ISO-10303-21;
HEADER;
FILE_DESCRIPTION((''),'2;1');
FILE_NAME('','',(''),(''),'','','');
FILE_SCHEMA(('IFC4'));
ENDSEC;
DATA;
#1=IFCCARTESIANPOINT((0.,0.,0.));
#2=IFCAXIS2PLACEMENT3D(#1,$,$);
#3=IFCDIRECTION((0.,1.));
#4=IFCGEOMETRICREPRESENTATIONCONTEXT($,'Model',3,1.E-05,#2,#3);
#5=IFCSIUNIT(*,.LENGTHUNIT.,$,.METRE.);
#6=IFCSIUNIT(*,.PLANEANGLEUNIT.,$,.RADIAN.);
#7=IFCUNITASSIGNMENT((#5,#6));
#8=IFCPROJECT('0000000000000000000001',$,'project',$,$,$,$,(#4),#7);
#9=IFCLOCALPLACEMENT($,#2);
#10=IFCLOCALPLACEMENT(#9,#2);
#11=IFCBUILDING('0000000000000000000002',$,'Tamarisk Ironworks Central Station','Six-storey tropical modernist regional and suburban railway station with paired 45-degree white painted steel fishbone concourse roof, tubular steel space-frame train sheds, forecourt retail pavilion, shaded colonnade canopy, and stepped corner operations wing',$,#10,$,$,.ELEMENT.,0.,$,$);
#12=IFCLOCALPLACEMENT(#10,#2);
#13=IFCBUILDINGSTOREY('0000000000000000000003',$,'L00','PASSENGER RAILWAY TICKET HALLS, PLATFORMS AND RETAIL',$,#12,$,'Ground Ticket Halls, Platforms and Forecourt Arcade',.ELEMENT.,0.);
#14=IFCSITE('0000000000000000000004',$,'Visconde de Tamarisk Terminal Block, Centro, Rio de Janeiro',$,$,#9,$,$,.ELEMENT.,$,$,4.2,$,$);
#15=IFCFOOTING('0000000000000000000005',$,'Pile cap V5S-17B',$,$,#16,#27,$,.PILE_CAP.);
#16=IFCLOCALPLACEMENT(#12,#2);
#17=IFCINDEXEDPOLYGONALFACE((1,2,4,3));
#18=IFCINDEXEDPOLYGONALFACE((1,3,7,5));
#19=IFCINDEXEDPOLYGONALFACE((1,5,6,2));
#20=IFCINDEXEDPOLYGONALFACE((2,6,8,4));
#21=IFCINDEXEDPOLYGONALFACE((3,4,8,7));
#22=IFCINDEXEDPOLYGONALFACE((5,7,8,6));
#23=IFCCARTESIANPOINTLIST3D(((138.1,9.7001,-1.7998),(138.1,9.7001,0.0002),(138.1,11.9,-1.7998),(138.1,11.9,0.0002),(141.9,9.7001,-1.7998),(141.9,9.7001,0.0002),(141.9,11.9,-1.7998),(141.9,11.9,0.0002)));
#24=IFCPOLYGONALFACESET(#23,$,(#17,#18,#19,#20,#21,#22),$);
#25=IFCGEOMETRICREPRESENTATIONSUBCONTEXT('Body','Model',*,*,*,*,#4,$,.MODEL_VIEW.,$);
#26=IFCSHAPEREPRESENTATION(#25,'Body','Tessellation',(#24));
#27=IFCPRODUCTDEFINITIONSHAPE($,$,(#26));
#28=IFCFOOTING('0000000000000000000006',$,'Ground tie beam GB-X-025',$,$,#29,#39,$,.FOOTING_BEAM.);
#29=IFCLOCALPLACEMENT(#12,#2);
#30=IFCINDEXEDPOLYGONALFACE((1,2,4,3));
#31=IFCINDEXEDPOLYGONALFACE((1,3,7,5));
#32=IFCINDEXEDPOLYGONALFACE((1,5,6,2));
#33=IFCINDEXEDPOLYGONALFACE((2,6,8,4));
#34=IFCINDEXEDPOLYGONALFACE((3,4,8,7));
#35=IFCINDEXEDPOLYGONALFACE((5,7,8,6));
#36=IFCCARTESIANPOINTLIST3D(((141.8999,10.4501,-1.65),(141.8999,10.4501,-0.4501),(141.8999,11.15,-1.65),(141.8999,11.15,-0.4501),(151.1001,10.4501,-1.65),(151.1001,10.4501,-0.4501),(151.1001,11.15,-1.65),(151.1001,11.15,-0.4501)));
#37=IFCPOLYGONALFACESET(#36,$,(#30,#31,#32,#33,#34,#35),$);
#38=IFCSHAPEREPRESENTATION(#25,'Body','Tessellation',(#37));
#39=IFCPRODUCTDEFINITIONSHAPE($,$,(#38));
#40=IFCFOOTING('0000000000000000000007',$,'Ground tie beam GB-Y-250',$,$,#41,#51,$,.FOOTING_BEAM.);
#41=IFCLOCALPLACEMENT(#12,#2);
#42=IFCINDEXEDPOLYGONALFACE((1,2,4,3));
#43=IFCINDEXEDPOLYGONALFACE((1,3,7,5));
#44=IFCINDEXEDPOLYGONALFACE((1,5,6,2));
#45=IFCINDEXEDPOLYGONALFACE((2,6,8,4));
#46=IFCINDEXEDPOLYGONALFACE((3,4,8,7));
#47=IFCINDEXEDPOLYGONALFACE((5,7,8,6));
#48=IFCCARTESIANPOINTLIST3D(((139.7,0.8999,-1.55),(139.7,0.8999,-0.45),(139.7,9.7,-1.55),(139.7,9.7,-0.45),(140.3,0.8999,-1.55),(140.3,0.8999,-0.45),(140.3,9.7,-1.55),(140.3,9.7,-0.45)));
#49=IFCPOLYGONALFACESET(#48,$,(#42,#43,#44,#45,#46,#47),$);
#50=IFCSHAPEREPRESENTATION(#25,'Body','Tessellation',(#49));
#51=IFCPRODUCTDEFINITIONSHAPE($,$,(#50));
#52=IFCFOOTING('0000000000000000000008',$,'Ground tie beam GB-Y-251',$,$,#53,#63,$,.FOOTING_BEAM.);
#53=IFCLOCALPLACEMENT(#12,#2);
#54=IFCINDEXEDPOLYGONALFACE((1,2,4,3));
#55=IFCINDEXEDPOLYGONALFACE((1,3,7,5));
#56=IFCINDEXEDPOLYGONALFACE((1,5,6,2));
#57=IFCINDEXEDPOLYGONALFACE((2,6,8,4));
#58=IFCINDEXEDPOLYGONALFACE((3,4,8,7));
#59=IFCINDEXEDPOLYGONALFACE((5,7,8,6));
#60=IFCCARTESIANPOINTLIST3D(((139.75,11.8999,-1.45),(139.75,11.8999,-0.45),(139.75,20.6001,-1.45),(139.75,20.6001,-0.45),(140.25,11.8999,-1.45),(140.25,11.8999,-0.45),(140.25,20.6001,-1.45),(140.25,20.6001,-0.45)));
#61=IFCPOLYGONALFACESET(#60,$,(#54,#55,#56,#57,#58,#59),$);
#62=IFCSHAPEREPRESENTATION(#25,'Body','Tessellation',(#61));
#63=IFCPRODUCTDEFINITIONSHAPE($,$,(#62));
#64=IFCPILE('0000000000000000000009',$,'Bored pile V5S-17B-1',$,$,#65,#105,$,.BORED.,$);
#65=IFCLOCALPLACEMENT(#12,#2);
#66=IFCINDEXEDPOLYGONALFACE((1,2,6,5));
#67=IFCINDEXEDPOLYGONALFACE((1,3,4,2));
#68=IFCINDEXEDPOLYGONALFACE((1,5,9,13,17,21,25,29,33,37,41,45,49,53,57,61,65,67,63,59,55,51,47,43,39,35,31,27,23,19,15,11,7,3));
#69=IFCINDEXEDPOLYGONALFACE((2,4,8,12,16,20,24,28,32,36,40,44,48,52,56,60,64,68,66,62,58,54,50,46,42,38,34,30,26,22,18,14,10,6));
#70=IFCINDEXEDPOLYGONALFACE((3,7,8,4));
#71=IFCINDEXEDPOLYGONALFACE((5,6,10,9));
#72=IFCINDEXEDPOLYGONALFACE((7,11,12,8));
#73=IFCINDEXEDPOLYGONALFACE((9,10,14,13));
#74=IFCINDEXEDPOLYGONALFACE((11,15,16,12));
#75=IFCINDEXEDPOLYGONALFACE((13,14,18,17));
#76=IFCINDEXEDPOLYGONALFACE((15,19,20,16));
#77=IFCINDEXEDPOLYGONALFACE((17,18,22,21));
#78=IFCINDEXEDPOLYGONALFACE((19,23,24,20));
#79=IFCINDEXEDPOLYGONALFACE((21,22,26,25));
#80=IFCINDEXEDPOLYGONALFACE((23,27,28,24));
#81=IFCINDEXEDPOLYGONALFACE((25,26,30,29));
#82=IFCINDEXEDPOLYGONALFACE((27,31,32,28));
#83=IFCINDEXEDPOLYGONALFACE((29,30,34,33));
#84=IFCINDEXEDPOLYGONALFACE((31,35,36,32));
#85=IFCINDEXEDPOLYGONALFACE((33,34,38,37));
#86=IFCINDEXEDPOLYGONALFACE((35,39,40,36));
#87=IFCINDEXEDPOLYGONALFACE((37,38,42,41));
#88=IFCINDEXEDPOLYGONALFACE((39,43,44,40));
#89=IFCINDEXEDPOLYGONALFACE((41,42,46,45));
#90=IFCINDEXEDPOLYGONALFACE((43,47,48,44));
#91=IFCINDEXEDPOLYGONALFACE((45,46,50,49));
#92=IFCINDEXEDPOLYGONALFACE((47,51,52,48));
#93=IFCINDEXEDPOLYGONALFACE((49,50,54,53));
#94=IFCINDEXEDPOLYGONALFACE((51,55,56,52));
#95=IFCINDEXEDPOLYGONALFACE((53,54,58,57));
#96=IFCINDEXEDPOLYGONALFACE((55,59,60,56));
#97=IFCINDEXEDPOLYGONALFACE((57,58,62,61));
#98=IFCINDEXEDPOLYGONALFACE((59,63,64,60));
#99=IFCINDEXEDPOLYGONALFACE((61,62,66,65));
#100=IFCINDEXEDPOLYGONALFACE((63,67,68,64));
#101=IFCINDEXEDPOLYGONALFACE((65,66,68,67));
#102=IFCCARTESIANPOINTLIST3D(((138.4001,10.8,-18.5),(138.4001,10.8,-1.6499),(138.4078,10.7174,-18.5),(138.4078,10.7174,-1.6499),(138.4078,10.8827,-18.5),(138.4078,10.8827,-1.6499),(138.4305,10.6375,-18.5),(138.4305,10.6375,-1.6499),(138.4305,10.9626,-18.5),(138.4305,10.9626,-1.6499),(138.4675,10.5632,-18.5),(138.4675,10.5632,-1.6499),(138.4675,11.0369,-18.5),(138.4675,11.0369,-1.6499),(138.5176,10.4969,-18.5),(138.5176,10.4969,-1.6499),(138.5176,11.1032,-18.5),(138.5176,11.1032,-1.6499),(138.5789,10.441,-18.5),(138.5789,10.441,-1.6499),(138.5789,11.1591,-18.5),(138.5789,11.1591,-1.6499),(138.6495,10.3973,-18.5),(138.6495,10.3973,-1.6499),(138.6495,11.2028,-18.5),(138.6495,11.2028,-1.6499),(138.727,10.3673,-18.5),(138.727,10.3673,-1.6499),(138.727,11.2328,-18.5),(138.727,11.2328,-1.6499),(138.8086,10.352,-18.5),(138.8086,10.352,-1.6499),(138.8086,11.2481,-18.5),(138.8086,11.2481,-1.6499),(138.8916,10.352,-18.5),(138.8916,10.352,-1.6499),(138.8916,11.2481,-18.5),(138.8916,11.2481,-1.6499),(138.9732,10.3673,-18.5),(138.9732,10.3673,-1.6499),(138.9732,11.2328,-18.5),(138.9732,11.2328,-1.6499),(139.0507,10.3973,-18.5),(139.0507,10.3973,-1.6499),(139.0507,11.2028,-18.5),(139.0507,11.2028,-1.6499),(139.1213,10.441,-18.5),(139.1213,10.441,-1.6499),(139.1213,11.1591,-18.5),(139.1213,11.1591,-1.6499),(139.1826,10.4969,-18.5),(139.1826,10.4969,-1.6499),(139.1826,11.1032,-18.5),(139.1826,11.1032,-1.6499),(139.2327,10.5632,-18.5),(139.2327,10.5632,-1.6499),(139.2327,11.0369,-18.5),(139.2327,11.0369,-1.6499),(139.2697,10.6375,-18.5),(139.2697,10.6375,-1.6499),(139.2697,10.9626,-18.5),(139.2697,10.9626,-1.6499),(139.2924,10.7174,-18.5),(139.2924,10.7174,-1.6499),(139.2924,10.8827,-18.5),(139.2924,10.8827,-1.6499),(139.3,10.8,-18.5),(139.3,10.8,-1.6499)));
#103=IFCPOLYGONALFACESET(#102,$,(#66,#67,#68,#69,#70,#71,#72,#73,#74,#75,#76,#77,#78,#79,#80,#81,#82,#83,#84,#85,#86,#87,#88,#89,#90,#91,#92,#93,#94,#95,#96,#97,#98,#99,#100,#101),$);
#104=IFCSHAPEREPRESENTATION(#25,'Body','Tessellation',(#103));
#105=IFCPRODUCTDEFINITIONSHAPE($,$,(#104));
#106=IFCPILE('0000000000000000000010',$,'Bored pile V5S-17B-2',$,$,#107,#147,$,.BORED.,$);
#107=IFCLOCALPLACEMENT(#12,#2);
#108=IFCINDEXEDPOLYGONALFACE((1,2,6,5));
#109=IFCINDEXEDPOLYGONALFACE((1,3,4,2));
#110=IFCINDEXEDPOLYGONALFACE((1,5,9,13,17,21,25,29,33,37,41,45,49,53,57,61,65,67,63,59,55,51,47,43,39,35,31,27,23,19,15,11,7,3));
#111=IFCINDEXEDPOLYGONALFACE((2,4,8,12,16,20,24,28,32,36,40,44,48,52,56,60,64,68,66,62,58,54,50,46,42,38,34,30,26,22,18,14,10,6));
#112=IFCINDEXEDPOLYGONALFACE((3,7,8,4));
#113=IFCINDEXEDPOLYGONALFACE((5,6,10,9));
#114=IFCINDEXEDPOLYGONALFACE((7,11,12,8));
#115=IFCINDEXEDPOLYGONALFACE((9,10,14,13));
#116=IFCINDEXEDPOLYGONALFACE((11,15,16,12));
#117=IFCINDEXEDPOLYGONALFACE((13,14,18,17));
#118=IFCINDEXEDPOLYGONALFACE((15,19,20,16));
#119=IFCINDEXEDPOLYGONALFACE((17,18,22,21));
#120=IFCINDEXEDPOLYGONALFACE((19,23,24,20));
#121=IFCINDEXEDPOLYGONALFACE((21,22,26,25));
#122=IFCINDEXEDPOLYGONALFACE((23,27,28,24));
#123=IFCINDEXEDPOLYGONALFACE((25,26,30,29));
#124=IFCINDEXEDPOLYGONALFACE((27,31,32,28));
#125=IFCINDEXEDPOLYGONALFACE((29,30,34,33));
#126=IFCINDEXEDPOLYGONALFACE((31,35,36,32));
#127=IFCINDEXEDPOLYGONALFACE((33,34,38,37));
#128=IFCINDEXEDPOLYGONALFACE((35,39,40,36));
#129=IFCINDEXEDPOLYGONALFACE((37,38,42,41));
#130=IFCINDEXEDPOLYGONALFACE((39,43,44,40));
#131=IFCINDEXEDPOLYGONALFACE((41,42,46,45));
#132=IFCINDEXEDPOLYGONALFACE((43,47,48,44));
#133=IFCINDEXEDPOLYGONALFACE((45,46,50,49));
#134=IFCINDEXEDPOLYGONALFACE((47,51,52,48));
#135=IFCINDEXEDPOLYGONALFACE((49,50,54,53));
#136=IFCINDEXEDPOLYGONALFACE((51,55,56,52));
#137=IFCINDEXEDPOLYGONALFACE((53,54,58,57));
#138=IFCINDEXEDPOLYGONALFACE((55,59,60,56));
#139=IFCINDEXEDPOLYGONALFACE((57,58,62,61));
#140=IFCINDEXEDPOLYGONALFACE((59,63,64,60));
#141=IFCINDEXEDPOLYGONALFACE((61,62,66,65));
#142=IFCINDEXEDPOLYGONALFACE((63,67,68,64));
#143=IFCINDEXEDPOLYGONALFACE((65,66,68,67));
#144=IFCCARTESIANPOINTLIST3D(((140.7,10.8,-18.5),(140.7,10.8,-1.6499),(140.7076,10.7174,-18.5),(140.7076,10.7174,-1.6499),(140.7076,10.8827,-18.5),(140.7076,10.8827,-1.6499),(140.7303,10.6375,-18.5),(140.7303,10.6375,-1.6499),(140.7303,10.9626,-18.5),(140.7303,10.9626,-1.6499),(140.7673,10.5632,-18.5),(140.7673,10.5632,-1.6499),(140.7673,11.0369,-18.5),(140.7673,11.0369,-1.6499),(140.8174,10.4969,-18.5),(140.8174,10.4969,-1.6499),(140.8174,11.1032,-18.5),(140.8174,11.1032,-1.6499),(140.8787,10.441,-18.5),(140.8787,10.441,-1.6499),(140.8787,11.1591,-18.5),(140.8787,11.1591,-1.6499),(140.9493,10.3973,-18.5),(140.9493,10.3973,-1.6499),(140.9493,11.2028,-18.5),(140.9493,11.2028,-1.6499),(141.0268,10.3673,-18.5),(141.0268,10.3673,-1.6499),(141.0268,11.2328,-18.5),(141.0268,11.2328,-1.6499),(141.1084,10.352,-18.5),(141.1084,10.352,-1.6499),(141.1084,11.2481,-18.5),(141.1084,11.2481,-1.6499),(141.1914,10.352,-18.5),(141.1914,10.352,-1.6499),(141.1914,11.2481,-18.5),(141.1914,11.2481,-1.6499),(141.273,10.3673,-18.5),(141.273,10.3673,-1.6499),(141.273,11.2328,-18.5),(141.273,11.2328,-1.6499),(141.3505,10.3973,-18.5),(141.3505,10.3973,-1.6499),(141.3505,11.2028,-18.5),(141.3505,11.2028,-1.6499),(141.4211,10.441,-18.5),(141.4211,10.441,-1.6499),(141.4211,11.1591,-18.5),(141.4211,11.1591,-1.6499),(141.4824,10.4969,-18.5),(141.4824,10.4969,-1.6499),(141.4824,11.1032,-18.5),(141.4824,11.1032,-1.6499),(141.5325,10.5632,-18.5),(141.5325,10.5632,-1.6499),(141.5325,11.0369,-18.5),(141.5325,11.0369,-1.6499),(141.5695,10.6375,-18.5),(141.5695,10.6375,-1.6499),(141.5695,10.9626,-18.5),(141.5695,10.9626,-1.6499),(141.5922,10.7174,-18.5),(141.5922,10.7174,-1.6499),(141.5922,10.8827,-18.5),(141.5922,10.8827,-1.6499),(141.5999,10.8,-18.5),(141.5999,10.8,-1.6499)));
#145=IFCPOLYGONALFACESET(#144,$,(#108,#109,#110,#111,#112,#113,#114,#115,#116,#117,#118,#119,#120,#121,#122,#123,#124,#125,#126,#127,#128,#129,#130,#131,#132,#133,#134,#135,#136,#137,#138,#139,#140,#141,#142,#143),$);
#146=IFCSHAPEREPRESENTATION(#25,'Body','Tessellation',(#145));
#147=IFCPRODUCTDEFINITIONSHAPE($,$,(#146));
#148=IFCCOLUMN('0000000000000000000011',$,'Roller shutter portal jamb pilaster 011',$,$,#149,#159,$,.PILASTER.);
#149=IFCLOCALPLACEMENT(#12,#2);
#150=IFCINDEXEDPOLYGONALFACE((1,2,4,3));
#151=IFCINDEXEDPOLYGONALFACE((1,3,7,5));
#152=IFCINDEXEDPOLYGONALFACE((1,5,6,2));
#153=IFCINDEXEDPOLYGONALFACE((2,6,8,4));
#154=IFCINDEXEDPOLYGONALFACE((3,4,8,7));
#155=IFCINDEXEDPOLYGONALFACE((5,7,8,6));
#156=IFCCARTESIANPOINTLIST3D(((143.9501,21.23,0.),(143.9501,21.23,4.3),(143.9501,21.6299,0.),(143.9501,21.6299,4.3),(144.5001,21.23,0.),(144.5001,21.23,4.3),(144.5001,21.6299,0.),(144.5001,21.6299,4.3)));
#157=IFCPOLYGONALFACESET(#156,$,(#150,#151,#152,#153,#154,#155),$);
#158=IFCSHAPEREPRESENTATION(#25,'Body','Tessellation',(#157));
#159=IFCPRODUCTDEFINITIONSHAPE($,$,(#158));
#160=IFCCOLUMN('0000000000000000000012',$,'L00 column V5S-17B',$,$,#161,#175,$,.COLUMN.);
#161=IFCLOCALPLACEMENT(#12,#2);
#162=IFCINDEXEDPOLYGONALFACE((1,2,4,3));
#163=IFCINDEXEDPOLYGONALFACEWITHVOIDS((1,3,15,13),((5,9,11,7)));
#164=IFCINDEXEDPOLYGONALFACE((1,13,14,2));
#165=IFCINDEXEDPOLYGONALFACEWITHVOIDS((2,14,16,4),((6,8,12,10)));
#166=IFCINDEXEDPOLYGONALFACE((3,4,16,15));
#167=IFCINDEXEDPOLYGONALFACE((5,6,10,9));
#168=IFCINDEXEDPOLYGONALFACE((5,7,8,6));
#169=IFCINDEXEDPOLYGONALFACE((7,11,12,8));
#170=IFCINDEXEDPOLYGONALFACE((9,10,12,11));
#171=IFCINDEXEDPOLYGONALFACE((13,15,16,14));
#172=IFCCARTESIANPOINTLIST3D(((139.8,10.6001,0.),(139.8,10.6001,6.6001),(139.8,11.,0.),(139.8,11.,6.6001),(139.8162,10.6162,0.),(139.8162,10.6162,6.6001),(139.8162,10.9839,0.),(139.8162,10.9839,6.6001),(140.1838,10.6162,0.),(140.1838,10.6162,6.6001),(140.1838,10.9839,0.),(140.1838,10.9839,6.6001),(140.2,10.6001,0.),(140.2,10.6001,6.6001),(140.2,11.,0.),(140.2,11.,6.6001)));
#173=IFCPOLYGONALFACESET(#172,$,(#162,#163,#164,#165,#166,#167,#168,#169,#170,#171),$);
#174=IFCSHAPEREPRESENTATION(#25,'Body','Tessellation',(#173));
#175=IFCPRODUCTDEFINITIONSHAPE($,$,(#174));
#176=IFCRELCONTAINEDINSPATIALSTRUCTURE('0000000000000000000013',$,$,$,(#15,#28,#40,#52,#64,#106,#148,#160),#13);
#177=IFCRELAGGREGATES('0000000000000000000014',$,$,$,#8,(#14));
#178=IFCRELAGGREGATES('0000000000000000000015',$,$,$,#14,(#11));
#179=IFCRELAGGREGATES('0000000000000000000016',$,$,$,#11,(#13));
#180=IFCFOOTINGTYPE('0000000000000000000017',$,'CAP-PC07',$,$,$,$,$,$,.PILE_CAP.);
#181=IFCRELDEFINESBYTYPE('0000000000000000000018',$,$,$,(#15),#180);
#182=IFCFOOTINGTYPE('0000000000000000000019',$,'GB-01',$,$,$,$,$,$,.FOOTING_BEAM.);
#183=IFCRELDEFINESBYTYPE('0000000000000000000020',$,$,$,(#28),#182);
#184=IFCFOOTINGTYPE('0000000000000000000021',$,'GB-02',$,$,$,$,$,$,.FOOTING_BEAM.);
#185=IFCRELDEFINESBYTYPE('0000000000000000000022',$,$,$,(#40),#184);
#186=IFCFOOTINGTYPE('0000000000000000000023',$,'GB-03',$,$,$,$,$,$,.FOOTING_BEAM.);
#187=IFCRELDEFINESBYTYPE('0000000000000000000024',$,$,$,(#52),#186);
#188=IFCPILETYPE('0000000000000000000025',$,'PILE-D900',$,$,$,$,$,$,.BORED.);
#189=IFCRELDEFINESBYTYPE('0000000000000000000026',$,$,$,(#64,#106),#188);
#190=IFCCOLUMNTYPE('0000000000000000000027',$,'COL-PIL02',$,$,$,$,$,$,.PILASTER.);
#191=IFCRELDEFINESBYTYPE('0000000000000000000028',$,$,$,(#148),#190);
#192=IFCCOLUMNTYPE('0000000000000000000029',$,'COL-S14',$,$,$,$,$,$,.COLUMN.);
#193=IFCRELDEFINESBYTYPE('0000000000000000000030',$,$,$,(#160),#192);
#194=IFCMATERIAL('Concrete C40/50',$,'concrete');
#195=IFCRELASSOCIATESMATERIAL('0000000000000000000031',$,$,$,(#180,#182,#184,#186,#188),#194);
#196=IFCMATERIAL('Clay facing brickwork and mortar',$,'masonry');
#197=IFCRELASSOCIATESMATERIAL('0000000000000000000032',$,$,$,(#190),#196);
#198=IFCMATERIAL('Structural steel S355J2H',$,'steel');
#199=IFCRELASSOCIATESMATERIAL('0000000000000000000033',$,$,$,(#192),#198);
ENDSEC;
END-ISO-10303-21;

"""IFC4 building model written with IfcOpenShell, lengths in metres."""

from ifc_helpers import new_model, si_unit, direction, frame, origin, origin_2d, place, context, subcontext, project, spatial, rectangle, hollow_rectangle, circle, extrude, material, material_profile, profile_set, type_object, element, save


model = new_model("IFC4")

# Units and contexts
model_context = context("Model", 3, precision=1e-05, world=origin(), true_north=direction((0.0, 1.0)))
body_context = subcontext(model_context, "Body", "Model", "MODEL_VIEW")
ifc_project = project(units=[si_unit("LENGTHUNIT", "METRE"), si_unit("PLANEANGLEUNIT", "RADIAN")], contexts=[model_context])

# Site, building, storey
site_placement = place(None, origin())
site = spatial("IfcSite", under=ifc_project, at=site_placement, Name="Visconde de Tamarisk Terminal Block, Centro, Rio de Janeiro", CompositionType="ELEMENT", RefElevation=4.2)
building_placement = place(site_placement, origin())
building = spatial("IfcBuilding", under=site, at=building_placement, Name="Tamarisk Ironworks Central Station", Description="Six-storey tropical modernist regional and suburban railway station with paired 45-degree white painted steel fishbone concourse roof, tubular steel space-frame train sheds, forecourt retail pavilion, shaded colonnade canopy, and stepped corner operations wing", CompositionType="ELEMENT", ElevationOfRefHeight=0.0)
storey_placement = place(building_placement, origin())
storey = spatial("IfcBuildingStorey", under=building, at=storey_placement, Name="L00", Description="PASSENGER RAILWAY TICKET HALLS, PLATFORMS AND RETAIL", LongName="Ground Ticket Halls, Platforms and Forecourt Arcade", CompositionType="ELEMENT", Elevation=0.0)

# Footings
ifc_material_1 = material(Name="Concrete C40/50", Category="concrete")
footing_type_1 = type_object("IfcFootingType", Name="CAP-PC07", PredefinedType="PILE_CAP", material=ifc_material_1)
footing_1_placement = place(storey_placement, frame((140.0, 10.8, -1.7998), z_axis=(0.0, 0.0, 1.0), x_axis=(1.0, 0.0, 0.0)))
element("IfcFooting", 1, at=footing_1_placement, inside=storey, type_object=footing_type_1, Name="Pile cap V5S-17B", PredefinedType="PILE_CAP", context=body_context, shape_type="SweptSolid", body=[
    extrude(rectangle(XDim=3.8, YDim=2.2, at=origin_2d()), origin(), (0.0, 0.0, 1.0), 1.8),
])
ifc_material_profile_1 = material_profile(ifc_material_1, rectangle(XDim=0.7, YDim=1.2, at=origin_2d()), Name="GB01 700x1200")
ifc_profile_set_1 = profile_set([ifc_material_profile_1], Name="Concrete C40/50")
footing_type_2 = type_object("IfcFootingType", Name="GB-01", PredefinedType="FOOTING_BEAM", material=ifc_profile_set_1)
footing_2_placement = place(storey_placement, frame((141.8999, 10.8, -1.05), z_axis=(1.0, 0.0, 0.0), x_axis=(0.0, 1.0, 0.0)))
element("IfcFooting", 2, at=footing_2_placement, inside=storey, type_object=footing_type_2, Name="Ground tie beam GB-X-025", PredefinedType="FOOTING_BEAM", context=body_context, shape_type="SweptSolid", body=[
    extrude(rectangle(XDim=0.7, YDim=1.2, at=origin_2d()), origin(), (0.0, 0.0, 1.0), 9.2002),
])
ifc_material_profile_2 = material_profile(ifc_material_1, rectangle(XDim=0.6001, YDim=1.1001, at=origin_2d()), Name="GB02 600x1100")
ifc_profile_set_2 = profile_set([ifc_material_profile_2], Name="Concrete C40/50")
footing_type_3 = type_object("IfcFootingType", Name="GB-02", PredefinedType="FOOTING_BEAM", material=ifc_profile_set_2)
footing_3_placement = place(storey_placement, frame((140.0, 0.8999, -1.0), z_axis=(0.0, 1.0, 0.0), x_axis=(-1.0, 0.0, 0.0)))
element("IfcFooting", 3, at=footing_3_placement, inside=storey, type_object=footing_type_3, Name="Ground tie beam GB-Y-250", PredefinedType="FOOTING_BEAM", context=body_context, shape_type="SweptSolid", body=[
    extrude(rectangle(XDim=0.6001, YDim=1.1001, at=origin_2d()), origin(), (0.0, 0.0, 1.0), 8.8),
])
ifc_material_profile_3 = material_profile(ifc_material_1, rectangle(XDim=0.5, YDim=1.0, at=origin_2d()), Name="GB03 500x1000")
ifc_profile_set_3 = profile_set([ifc_material_profile_3], Name="Concrete C40/50")
footing_type_4 = type_object("IfcFootingType", Name="GB-03", PredefinedType="FOOTING_BEAM", material=ifc_profile_set_3)
footing_4_placement = place(storey_placement, frame((140.0, 11.8999, -0.95), z_axis=(0.0, 1.0, 0.0), x_axis=(-1.0, 0.0, 0.0)))
element("IfcFooting", 4, at=footing_4_placement, inside=storey, type_object=footing_type_4, Name="Ground tie beam GB-Y-251", PredefinedType="FOOTING_BEAM", context=body_context, shape_type="SweptSolid", body=[
    extrude(rectangle(XDim=0.5, YDim=1.0, at=origin_2d()), origin(), (0.0, 0.0, 1.0), 8.7002),
])

# Piles
ifc_material_profile_4 = material_profile(ifc_material_1, circle(Radius=0.45, at=origin_2d()), Name="BORED PILE D900")
ifc_profile_set_4 = profile_set([ifc_material_profile_4], Name="Concrete C40/50")
pile_type = type_object("IfcPileType", Name="PILE-D900", PredefinedType="BORED", material=ifc_profile_set_4)
for number, where, z_axis, x_axis, name in (
    (5, (138.8501, 10.8, -1.6499), (0.0, 0.0, -1.0), (1.0, 0.0, 0.0), "Bored pile V5S-17B-1"),
    (6, (141.1499, 10.8, -1.6499), (0.0, 0.0, -1.0), (1.0, 0.0, 0.0), "Bored pile V5S-17B-2"),
):
    element("IfcPile", number, at=place(storey_placement, frame(where, z_axis=z_axis, x_axis=x_axis)), inside=storey, type_object=pile_type, Name=name, PredefinedType="BORED", context=body_context, shape_type="SweptSolid", body=[
        extrude(circle(Radius=0.45, at=origin_2d()), origin(), (0.0, 0.0, 1.0), 16.8501),
    ])

# Columns
ifc_material_2 = material(Name="Clay facing brickwork and mortar", Category="masonry")
ifc_material_profile_5 = material_profile(ifc_material_2, rectangle(XDim=0.55, YDim=0.3999, at=origin_2d()), Name="PIL 550x400")
ifc_profile_set_5 = profile_set([ifc_material_profile_5], Name="Clay facing brickwork and mortar")
column_type_1 = type_object("IfcColumnType", Name="COL-PIL02", PredefinedType="PILASTER", material=ifc_profile_set_5)
column_1_placement = place(storey_placement, frame((144.2251, 21.4299, 0.0), z_axis=(0.0, 0.0, 1.0), x_axis=(1.0, 0.0, 0.0)))
element("IfcColumn", 7, at=column_1_placement, inside=storey, type_object=column_type_1, Name="Roller shutter portal jamb pilaster 011", PredefinedType="PILASTER", context=body_context, shape_type="SweptSolid", body=[
    extrude(rectangle(XDim=0.55, YDim=0.3999, at=origin_2d()), origin(), (0.0, 0.0, 1.0), 4.3),
])
ifc_material_3 = material(Name="Structural steel S355J2H", Category="steel")
ifc_material_profile_6 = material_profile(ifc_material_3, hollow_rectangle(XDim=0.3999, YDim=0.3999, WallThickness=0.0161, at=origin_2d()), Name="SHS 400x400x16")
ifc_profile_set_6 = profile_set([ifc_material_profile_6], Name="Structural steel S355J2H")
column_type_2 = type_object("IfcColumnType", Name="COL-S14", PredefinedType="COLUMN", material=ifc_profile_set_6)
column_2_placement = place(storey_placement, frame((140.0, 10.8, 0.0), z_axis=(0.0, 0.0, 1.0), x_axis=(1.0, 0.0, 0.0)))
element("IfcColumn", 8, at=column_2_placement, inside=storey, type_object=column_type_2, Name="L00 column V5S-17B", PredefinedType="COLUMN", context=body_context, shape_type="SweptSolid", body=[
    extrude(hollow_rectangle(XDim=0.3999, YDim=0.3999, WallThickness=0.0161, at=origin_2d()), origin(), (0.0, 0.0, 1.0), 6.6001),
])

save(model, "model.ifc")
